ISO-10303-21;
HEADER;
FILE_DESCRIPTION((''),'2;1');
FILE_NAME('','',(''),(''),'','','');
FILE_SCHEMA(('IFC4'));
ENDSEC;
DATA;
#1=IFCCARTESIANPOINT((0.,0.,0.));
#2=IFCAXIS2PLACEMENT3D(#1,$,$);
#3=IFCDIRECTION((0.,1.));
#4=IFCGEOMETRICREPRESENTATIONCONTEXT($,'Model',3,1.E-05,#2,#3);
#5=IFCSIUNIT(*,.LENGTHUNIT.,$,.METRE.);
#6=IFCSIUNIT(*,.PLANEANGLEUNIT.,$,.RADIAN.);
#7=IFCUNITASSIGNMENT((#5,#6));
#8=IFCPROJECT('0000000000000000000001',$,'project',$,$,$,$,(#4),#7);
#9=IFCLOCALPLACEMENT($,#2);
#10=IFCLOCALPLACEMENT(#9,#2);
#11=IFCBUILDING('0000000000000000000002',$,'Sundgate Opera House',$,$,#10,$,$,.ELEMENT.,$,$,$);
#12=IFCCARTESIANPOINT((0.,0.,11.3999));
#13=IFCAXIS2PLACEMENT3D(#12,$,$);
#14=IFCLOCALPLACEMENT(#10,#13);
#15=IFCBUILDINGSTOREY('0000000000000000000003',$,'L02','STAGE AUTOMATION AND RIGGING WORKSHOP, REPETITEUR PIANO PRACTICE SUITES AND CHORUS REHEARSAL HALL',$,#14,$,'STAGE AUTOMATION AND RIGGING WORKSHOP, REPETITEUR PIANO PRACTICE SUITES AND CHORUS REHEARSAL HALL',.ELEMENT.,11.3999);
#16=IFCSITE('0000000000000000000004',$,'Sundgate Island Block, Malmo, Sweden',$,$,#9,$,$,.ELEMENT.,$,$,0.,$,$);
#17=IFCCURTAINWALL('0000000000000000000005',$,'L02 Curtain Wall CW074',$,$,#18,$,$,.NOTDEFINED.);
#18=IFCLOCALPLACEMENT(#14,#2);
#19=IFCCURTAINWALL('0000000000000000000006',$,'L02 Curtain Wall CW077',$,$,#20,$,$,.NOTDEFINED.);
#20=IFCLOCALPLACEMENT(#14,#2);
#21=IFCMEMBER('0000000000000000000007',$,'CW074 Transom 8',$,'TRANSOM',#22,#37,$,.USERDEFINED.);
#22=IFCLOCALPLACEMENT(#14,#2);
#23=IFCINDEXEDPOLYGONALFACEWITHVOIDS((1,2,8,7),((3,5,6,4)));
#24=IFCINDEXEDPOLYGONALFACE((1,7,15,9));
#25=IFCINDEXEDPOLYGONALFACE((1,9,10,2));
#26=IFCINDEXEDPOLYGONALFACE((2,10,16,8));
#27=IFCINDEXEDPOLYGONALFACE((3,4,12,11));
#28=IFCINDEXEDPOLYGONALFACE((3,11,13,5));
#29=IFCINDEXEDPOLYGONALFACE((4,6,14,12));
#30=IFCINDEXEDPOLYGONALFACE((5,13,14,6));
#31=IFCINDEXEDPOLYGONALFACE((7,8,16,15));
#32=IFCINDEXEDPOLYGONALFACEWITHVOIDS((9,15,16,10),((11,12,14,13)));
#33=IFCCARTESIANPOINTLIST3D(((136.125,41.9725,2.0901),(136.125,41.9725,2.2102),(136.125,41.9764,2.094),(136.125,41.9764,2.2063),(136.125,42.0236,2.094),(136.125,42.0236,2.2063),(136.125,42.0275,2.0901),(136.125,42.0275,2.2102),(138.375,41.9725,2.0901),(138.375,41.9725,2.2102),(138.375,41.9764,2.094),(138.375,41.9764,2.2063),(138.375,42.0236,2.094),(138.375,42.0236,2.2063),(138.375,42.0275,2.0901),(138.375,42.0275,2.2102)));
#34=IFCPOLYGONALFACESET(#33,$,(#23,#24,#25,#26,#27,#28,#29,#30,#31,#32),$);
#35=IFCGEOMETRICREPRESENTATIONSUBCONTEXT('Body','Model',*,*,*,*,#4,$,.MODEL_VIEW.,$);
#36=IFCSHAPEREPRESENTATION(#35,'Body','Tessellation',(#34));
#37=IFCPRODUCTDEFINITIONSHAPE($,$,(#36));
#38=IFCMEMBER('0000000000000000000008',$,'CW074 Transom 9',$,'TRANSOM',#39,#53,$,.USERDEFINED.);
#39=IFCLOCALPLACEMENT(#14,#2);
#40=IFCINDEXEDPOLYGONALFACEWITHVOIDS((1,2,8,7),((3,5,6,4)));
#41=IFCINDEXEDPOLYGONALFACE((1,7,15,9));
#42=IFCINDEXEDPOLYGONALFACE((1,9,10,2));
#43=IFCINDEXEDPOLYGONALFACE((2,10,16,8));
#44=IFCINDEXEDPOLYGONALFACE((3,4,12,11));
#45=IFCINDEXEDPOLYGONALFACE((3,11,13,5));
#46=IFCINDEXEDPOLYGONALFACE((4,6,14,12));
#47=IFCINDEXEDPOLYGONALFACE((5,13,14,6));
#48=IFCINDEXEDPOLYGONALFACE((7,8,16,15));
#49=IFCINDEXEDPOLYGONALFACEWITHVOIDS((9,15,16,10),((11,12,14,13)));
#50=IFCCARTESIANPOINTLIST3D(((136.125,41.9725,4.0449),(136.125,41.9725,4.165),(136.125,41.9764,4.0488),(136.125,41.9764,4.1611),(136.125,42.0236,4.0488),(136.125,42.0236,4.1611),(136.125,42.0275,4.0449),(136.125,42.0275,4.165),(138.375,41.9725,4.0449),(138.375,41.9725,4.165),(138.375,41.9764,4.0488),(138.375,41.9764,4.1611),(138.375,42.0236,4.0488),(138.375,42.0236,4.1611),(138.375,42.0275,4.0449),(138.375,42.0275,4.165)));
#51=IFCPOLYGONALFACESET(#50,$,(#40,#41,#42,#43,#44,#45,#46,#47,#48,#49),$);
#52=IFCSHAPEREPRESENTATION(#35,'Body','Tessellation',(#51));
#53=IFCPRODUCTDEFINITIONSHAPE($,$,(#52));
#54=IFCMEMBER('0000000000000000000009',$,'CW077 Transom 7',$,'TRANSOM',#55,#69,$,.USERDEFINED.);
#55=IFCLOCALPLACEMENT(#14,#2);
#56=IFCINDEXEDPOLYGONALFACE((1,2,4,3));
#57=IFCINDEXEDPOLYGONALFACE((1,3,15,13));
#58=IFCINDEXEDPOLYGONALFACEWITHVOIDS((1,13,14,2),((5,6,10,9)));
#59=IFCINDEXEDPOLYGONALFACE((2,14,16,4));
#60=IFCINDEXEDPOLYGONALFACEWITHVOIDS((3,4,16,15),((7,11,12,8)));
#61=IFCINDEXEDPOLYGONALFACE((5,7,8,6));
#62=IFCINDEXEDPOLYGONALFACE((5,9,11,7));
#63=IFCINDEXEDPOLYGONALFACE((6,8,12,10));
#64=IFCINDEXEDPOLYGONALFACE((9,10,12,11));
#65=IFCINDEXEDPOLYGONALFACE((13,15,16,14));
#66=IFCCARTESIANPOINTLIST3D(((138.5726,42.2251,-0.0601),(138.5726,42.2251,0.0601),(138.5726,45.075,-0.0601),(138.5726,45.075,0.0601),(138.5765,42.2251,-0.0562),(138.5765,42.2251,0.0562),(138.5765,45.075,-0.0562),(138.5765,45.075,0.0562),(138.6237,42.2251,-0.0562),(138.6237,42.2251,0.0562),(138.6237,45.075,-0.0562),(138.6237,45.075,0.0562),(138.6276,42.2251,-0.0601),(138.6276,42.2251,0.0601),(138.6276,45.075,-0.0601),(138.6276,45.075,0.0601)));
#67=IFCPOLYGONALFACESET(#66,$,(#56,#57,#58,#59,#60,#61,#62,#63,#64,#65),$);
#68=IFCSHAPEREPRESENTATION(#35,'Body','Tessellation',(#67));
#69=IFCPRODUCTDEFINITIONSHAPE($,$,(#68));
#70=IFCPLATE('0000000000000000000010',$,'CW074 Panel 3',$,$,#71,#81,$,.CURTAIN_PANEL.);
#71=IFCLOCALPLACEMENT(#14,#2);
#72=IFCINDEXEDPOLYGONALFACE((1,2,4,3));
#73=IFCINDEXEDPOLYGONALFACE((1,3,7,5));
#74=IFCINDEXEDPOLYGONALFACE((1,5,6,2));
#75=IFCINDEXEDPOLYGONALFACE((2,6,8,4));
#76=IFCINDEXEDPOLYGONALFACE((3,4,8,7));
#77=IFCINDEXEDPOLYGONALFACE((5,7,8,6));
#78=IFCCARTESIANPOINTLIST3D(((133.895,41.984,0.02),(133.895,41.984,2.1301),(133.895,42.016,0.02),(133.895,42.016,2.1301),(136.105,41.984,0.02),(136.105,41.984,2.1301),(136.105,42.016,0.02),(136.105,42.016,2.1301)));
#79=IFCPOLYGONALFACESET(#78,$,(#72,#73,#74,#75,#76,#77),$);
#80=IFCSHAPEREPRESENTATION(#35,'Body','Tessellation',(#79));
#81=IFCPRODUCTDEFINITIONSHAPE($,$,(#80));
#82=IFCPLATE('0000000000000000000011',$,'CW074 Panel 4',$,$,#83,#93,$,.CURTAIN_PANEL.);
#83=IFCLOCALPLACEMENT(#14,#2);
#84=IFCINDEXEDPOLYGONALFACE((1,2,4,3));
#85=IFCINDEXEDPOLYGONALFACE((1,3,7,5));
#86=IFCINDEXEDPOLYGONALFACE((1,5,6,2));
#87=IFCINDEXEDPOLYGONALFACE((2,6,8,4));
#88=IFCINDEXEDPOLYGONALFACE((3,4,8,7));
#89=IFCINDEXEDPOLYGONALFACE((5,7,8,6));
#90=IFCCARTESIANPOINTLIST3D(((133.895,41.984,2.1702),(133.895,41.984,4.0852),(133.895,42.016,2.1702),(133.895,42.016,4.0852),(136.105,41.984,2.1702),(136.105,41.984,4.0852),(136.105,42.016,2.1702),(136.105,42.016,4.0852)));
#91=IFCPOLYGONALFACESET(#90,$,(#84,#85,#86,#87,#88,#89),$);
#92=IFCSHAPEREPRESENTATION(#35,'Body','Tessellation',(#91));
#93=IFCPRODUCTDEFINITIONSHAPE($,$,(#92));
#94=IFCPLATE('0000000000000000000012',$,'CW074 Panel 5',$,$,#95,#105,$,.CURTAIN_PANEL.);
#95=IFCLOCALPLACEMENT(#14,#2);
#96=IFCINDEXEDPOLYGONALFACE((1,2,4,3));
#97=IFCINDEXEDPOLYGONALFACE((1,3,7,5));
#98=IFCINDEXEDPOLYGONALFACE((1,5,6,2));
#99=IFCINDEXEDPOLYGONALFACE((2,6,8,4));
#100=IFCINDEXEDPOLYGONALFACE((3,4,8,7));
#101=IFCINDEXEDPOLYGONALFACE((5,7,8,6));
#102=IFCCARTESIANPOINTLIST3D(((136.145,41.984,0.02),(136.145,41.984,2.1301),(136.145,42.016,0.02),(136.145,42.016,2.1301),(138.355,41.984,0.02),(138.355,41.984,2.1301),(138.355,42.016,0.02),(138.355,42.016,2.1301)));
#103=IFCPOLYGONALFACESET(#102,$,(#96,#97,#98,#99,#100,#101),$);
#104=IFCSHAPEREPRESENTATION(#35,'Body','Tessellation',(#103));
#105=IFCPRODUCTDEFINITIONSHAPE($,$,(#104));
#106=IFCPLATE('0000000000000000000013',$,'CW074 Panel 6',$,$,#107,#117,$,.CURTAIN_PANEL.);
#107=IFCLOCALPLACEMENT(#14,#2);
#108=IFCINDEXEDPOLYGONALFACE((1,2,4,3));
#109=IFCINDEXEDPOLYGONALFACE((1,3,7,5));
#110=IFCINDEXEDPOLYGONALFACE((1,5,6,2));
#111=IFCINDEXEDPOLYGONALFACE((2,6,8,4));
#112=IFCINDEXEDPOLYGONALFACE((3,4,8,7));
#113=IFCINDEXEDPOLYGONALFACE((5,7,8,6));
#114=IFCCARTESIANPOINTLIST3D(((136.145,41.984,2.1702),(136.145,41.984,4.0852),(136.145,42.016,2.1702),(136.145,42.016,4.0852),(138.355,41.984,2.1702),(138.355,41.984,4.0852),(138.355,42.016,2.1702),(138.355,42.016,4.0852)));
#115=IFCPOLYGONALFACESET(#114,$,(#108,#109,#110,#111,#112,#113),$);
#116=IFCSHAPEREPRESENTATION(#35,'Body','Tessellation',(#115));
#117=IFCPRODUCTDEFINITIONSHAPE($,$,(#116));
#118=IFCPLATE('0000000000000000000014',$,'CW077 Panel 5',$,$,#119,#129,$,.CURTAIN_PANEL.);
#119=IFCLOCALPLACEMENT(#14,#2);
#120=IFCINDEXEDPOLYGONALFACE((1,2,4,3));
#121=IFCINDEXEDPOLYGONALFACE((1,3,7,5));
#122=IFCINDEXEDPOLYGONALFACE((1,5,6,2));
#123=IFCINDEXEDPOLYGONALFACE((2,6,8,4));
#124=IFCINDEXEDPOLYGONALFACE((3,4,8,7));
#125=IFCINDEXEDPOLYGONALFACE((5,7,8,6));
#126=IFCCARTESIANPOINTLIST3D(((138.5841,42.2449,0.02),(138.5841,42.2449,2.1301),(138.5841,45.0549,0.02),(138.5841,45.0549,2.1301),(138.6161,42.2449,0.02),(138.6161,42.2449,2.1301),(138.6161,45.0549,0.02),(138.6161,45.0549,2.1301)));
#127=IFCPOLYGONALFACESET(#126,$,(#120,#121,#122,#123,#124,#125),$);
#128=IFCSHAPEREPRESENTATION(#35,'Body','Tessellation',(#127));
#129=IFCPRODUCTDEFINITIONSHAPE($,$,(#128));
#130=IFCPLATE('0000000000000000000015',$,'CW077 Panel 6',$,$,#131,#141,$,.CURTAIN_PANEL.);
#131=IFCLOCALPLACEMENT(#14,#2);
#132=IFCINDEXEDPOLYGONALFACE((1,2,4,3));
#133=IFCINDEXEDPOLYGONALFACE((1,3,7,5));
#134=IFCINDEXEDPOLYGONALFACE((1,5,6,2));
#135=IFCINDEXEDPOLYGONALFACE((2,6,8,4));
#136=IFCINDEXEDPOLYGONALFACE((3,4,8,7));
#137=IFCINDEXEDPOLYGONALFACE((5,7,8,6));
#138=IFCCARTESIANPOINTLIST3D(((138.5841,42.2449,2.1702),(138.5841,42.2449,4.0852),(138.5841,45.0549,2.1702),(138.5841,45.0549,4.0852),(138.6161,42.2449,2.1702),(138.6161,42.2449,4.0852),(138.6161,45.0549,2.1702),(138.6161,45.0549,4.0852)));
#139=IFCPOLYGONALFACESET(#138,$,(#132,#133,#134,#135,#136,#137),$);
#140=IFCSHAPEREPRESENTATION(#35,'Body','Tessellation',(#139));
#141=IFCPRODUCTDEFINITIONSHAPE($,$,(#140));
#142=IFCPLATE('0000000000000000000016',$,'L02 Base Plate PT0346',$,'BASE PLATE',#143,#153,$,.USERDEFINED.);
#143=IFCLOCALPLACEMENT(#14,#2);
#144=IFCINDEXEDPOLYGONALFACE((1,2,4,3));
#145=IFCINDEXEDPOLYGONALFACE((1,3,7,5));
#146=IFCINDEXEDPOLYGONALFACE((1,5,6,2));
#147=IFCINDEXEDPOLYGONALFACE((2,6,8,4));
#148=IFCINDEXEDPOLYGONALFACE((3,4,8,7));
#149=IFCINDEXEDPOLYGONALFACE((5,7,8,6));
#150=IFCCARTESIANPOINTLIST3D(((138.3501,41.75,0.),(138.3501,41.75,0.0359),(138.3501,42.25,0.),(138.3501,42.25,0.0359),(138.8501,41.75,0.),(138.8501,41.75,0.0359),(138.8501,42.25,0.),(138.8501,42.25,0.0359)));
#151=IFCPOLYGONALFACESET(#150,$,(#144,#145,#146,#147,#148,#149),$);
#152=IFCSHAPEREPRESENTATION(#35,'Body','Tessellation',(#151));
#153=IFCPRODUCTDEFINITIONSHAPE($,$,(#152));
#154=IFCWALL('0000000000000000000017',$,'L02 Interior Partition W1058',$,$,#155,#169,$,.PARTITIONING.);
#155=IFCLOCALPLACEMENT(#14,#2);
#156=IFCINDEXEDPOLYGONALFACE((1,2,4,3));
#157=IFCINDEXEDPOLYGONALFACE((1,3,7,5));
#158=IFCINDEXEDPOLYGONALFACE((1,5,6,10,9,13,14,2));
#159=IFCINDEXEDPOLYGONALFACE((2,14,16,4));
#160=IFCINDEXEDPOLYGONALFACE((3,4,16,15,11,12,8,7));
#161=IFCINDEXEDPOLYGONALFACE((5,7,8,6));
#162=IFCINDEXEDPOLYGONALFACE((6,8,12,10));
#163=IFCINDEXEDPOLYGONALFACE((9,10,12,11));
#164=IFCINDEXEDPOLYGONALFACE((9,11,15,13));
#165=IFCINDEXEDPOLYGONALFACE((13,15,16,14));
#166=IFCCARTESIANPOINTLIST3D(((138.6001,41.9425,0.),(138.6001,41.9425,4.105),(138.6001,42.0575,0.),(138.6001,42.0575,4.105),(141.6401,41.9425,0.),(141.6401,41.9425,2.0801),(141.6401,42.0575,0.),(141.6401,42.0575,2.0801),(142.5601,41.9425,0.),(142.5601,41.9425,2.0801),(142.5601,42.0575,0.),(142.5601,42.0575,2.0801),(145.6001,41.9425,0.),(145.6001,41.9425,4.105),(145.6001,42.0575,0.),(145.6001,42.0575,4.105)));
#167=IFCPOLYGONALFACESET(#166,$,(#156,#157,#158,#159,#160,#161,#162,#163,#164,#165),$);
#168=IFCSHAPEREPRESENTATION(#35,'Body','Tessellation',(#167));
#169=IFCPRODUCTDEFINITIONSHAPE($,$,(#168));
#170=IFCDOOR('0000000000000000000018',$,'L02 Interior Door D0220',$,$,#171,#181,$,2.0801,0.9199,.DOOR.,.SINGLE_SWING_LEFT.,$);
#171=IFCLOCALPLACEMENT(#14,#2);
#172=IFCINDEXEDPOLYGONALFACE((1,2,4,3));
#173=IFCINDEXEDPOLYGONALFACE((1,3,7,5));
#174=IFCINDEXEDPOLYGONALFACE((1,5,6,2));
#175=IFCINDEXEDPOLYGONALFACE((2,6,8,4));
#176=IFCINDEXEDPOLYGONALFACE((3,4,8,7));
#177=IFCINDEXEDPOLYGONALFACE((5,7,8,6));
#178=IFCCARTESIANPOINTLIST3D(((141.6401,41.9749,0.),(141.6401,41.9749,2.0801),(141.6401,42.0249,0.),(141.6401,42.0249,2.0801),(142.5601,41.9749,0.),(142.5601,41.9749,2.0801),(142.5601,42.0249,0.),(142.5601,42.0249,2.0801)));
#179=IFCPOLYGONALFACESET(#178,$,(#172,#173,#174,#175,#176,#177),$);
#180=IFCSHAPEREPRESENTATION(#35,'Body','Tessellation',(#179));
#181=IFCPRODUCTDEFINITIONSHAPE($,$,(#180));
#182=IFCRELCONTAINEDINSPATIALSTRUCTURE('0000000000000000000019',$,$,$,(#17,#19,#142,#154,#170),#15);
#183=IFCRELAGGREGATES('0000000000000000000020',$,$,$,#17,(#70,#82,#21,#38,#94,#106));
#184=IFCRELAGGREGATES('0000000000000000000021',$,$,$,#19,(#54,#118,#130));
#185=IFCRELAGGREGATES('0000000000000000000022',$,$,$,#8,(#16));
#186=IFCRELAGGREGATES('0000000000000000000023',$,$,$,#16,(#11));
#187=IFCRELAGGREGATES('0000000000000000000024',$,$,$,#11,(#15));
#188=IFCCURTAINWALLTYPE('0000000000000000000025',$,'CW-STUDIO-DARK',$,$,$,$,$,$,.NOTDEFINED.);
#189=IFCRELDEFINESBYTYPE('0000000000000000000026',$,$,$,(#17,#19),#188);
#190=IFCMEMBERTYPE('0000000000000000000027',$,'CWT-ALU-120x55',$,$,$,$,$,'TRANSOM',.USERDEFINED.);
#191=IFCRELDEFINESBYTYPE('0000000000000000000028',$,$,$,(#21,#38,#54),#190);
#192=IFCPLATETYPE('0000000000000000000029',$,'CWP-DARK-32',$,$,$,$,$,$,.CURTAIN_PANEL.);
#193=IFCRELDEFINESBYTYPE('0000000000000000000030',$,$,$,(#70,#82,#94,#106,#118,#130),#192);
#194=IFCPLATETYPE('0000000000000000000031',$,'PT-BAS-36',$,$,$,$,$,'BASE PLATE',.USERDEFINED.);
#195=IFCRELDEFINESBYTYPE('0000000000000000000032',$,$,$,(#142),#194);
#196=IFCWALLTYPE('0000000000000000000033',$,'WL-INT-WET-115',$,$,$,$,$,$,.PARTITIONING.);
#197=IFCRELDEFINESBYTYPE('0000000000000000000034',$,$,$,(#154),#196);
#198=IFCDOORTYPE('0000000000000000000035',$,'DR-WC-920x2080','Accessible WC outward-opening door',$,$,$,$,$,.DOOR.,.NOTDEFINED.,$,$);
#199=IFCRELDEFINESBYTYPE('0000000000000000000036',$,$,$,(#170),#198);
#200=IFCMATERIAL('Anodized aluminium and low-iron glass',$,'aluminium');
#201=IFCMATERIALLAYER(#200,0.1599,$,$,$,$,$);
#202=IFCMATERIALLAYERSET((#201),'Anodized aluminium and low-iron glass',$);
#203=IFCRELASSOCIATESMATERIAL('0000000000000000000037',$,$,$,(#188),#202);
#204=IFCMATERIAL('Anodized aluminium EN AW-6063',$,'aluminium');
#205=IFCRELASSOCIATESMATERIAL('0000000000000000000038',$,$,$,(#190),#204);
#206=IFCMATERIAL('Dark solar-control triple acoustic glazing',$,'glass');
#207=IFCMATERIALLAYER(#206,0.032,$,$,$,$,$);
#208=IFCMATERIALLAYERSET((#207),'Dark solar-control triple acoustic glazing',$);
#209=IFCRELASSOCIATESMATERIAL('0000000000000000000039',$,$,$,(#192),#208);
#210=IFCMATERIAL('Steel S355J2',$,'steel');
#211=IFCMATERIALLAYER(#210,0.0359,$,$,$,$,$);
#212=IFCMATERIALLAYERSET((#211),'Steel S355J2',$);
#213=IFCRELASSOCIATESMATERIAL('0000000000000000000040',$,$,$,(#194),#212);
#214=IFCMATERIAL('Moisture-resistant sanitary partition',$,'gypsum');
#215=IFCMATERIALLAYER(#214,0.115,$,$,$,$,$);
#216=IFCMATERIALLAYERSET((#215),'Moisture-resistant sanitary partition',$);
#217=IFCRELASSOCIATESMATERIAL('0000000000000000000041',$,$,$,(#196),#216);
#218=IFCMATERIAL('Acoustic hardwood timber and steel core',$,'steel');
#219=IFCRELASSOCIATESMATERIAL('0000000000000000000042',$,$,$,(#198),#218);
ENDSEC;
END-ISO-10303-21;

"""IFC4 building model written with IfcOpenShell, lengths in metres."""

from ifc_helpers import new_model, si_unit, direction, frame, frame_2d, origin, origin_2d, place, context, subcontext, project, spatial, rectangle, hollow_rectangle, extrude, material, layer, layer_set, material_profile, profile_set, type_object, element, fill, aggregate, save


model = new_model("IFC4")

# Units and contexts
model_context = context("Model", 3, precision=1e-05, world=origin(), true_north=direction((0.0, 1.0)))
body_context = subcontext(model_context, "Body", "Model", "MODEL_VIEW")
ifc_project = project(units=[si_unit("LENGTHUNIT", "METRE"), si_unit("PLANEANGLEUNIT", "RADIAN")], contexts=[model_context])

# Site, building, storey
site_placement = place(None, origin())
site = spatial("IfcSite", under=ifc_project, at=site_placement, Name="Sundgate Island Block, Malmo, Sweden", CompositionType="ELEMENT", RefElevation=0.0)
building_placement = place(site_placement, origin())
building = spatial("IfcBuilding", under=site, at=building_placement, Name="Sundgate Opera House", CompositionType="ELEMENT")
storey_placement = place(building_placement, frame((0.0, 0.0, 11.3999)))
storey = spatial("IfcBuildingStorey", under=building, at=storey_placement, Name="L02", Description="STAGE AUTOMATION AND RIGGING WORKSHOP, REPETITEUR PIANO PRACTICE SUITES AND CHORUS REHEARSAL HALL", LongName="STAGE AUTOMATION AND RIGGING WORKSHOP, REPETITEUR PIANO PRACTICE SUITES AND CHORUS REHEARSAL HALL", CompositionType="ELEMENT", Elevation=11.3999)

# Curtain walls
ifc_material_1 = material(Name="Anodized aluminium and low-iron glass", Category="aluminium")
ifc_layer_1 = layer(ifc_material_1, 0.1599)
ifc_layer_set_1 = layer_set([ifc_layer_1], Name="Anodized aluminium and low-iron glass")
curtain_wall_type = type_object("IfcCurtainWallType", Name="CW-STUDIO-DARK", PredefinedType="NOTDEFINED", material=ifc_layer_set_1)
curtain_wall_1_placement = place(storey_placement, origin())
curtain_wall_1 = element("IfcCurtainWall", 1, at=curtain_wall_1_placement, inside=storey, type_object=curtain_wall_type, Name="L02 Curtain Wall CW074", PredefinedType="NOTDEFINED")
curtain_wall_2_placement = place(storey_placement, origin())
curtain_wall_2 = element("IfcCurtainWall", 2, at=curtain_wall_2_placement, inside=storey, type_object=curtain_wall_type, Name="L02 Curtain Wall CW077", PredefinedType="NOTDEFINED")

# Members
ifc_material_2 = material(Name="Anodized aluminium EN AW-6063", Category="aluminium")
ifc_material_profile_1 = material_profile(ifc_material_2, hollow_rectangle(XDim=0.0549, YDim=0.1201, WallThickness=0.0039, at=origin_2d()), Name="CWT 120x55x4")
ifc_profile_set_1 = profile_set([ifc_material_profile_1], Name="Anodized aluminium EN AW-6063")
member_type_1 = type_object("IfcMemberType", Name="CWT-ALU-120x55", ElementType="TRANSOM", PredefinedType="USERDEFINED", material=ifc_profile_set_1)
member_1_placement = place(storey_placement, frame((136.125, 42.0, 2.1501), z_axis=(1.0, 0.0, 0.0), x_axis=(0.0, 1.0, 0.0)))
member_1 = element("IfcMember", 3, at=member_1_placement, type_object=member_type_1, Name="CW074 Transom 8", ObjectType="TRANSOM", PredefinedType="USERDEFINED", context=body_context, shape_type="SweptSolid", body=[
    extrude(hollow_rectangle(XDim=0.0549, YDim=0.1201, WallThickness=0.0039, at=origin_2d()), origin(), (0.0, 0.0, 1.0), 2.25),
])
member_2_placement = place(storey_placement, frame((136.125, 42.0, 4.105), z_axis=(1.0, 0.0, 0.0), x_axis=(0.0, 1.0, 0.0)))
member_2 = element("IfcMember", 4, at=member_2_placement, type_object=member_type_1, Name="CW074 Transom 9", ObjectType="TRANSOM", PredefinedType="USERDEFINED", context=body_context, shape_type="SweptSolid", body=[
    extrude(hollow_rectangle(XDim=0.0549, YDim=0.1201, WallThickness=0.0039, at=origin_2d()), origin(), (0.0, 0.0, 1.0), 2.25),
])
member_3_placement = place(storey_placement, frame((138.6001, 45.075, 0.0), z_axis=(0.0, -1.0, 0.0), x_axis=(1.0, 0.0, 0.0)))
member_3 = element("IfcMember", 5, at=member_3_placement, type_object=member_type_1, Name="CW077 Transom 7", ObjectType="TRANSOM", PredefinedType="USERDEFINED", context=body_context, shape_type="SweptSolid", body=[
    extrude(hollow_rectangle(XDim=0.0549, YDim=0.1201, WallThickness=0.0039, at=origin_2d()), origin(), (0.0, 0.0, 1.0), 2.8499),
])

# Plates
ifc_material_3 = material(Name="Dark solar-control triple acoustic glazing", Category="glass")
ifc_layer_2 = layer(ifc_material_3, 0.032)
ifc_layer_set_2 = layer_set([ifc_layer_2], Name="Dark solar-control triple acoustic glazing")
plate_type_1 = type_object("IfcPlateType", Name="CWP-DARK-32", PredefinedType="CURTAIN_PANEL", material=ifc_layer_set_2)
plate_1_placement = place(storey_placement, frame((135.0, 42.0, 0.02), z_axis=(0.0, 0.0, 1.0), x_axis=(1.0, 0.0, 0.0)))
plate_1 = element("IfcPlate", 6, at=plate_1_placement, type_object=plate_type_1, Name="CW074 Panel 3", PredefinedType="CURTAIN_PANEL", context=body_context, shape_type="SweptSolid", body=[
    extrude(rectangle(XDim=2.21, YDim=0.032, at=origin_2d()), origin(), (0.0, 0.0, 1.0), 2.1101),
])
plate_2_placement = place(storey_placement, frame((135.0, 42.0, 2.1702), z_axis=(0.0, 0.0, 1.0), x_axis=(1.0, 0.0, 0.0)))
plate_2 = element("IfcPlate", 7, at=plate_2_placement, type_object=plate_type_1, Name="CW074 Panel 4", PredefinedType="CURTAIN_PANEL", context=body_context, shape_type="SweptSolid", body=[
    extrude(rectangle(XDim=2.21, YDim=0.032, at=origin_2d()), origin(), (0.0, 0.0, 1.0), 1.915),
])
plate_3_placement = place(storey_placement, frame((137.25, 42.0, 0.02), z_axis=(0.0, 0.0, 1.0), x_axis=(1.0, 0.0, 0.0)))
plate_3 = element("IfcPlate", 8, at=plate_3_placement, type_object=plate_type_1, Name="CW074 Panel 5", PredefinedType="CURTAIN_PANEL", context=body_context, shape_type="SweptSolid", body=[
    extrude(rectangle(XDim=2.21, YDim=0.032, at=origin_2d()), origin(), (0.0, 0.0, 1.0), 2.1101),
])
plate_4_placement = place(storey_placement, frame((137.25, 42.0, 2.1702), z_axis=(0.0, 0.0, 1.0), x_axis=(1.0, 0.0, 0.0)))
plate_4 = element("IfcPlate", 9, at=plate_4_placement, type_object=plate_type_1, Name="CW074 Panel 6", PredefinedType="CURTAIN_PANEL", context=body_context, shape_type="SweptSolid", body=[
    extrude(rectangle(XDim=2.21, YDim=0.032, at=origin_2d()), origin(), (0.0, 0.0, 1.0), 1.915),
])
aggregate(curtain_wall_1, [plate_1, plate_2, member_1, member_2, plate_3, plate_4])
plate_5_placement = place(storey_placement, frame((138.6001, 43.6499, 0.02), z_axis=(0.0, 0.0, 1.0), x_axis=(0.0, -1.0, 0.0)))
plate_5 = element("IfcPlate", 10, at=plate_5_placement, type_object=plate_type_1, Name="CW077 Panel 5", PredefinedType="CURTAIN_PANEL", context=body_context, shape_type="SweptSolid", body=[
    extrude(rectangle(XDim=2.8101, YDim=0.032, at=origin_2d()), origin(), (0.0, 0.0, 1.0), 2.1101),
])
plate_6_placement = place(storey_placement, frame((138.6001, 43.6499, 2.1702), z_axis=(0.0, 0.0, 1.0), x_axis=(0.0, -1.0, 0.0)))
plate_6 = element("IfcPlate", 11, at=plate_6_placement, type_object=plate_type_1, Name="CW077 Panel 6", PredefinedType="CURTAIN_PANEL", context=body_context, shape_type="SweptSolid", body=[
    extrude(rectangle(XDim=2.8101, YDim=0.032, at=origin_2d()), origin(), (0.0, 0.0, 1.0), 1.915),
])
aggregate(curtain_wall_2, [member_3, plate_5, plate_6])
ifc_material_4 = material(Name="Steel S355J2", Category="steel")
ifc_layer_3 = layer(ifc_material_4, 0.0359)
ifc_layer_set_3 = layer_set([ifc_layer_3], Name="Steel S355J2")
plate_type_2 = type_object("IfcPlateType", Name="PT-BAS-36", ElementType="BASE PLATE", PredefinedType="USERDEFINED", material=ifc_layer_set_3)
plate_7_placement = place(storey_placement, frame((138.6001, 42.0, 0.0), z_axis=(0.0, 0.0, 1.0), x_axis=(1.0, 0.0, 0.0)))
element("IfcPlate", 12, at=plate_7_placement, inside=storey, type_object=plate_type_2, Name="L02 Base Plate PT0346", ObjectType="BASE PLATE", PredefinedType="USERDEFINED", context=body_context, shape_type="SweptSolid", body=[
    extrude(rectangle(XDim=0.5, YDim=0.5, at=origin_2d()), origin(), (0.0, 0.0, 1.0), 0.0359),
])

# Wall, opening, door
ifc_material_5 = material(Name="Moisture-resistant sanitary partition", Category="gypsum")
ifc_layer_4 = layer(ifc_material_5, 0.115)
ifc_layer_set_4 = layer_set([ifc_layer_4], Name="Moisture-resistant sanitary partition")
wall_type = type_object("IfcWallType", Name="WL-INT-WET-115", PredefinedType="PARTITIONING", material=ifc_layer_set_4)
wall_placement = place(storey_placement, frame((138.6001, 42.0, 0.0), z_axis=(0.0, 0.0, 1.0), x_axis=(1.0, 0.0, 0.0)))
wall = element("IfcWall", 13, at=wall_placement, inside=storey, type_object=wall_type, Name="L02 Interior Partition W1058", PredefinedType="PARTITIONING", context=body_context, shape_type="SweptSolid", body=[
    extrude(rectangle(XDim=7.0, YDim=0.115, at=frame_2d((3.5, 0.0))), origin(), (0.0, 0.0, 1.0), 4.105),
])
opening_placement = place(wall_placement, frame((3.04, 0.0, 0.0)))
opening = element("IfcOpeningElement", 14, at=opening_placement, cuts=wall, PredefinedType="OPENING", context=body_context, shape_type="SweptSolid", body=[
    extrude(rectangle(XDim=0.9199, YDim=2.0801, at=frame_2d((0.46, 1.04))), frame((0.0, 0.0674, 0.0), z_axis=(0.0, -1.0, 0.0), x_axis=(1.0, 0.0, 0.0)), (0.0, 0.0, 1.0), 0.135),
])
ifc_material_6 = material(Name="Acoustic hardwood timber and steel core", Category="steel")
door_type = type_object("IfcDoorType", Name="DR-WC-920x2080", Description="Accessible WC outward-opening door", OperationType="NOTDEFINED", PredefinedType="DOOR", material=ifc_material_6)
door_placement = place(opening_placement, origin())
door = element("IfcDoor", 15, at=door_placement, inside=storey, type_object=door_type, Name="L02 Interior Door D0220", OperationType="SINGLE_SWING_LEFT", OverallHeight=2.0801, OverallWidth=0.9199, PredefinedType="DOOR", context=body_context, shape_type="SweptSolid", body=[
    extrude(rectangle(XDim=0.9199, YDim=2.0801, at=frame_2d((0.46, 1.04))), frame((0.0, 0.0249, 0.0), z_axis=(0.0, -1.0, 0.0), x_axis=(1.0, 0.0, 0.0)), (0.0, 0.0, 1.0), 0.05),
])
fill(opening, door)

save(model, "model.ifc")
